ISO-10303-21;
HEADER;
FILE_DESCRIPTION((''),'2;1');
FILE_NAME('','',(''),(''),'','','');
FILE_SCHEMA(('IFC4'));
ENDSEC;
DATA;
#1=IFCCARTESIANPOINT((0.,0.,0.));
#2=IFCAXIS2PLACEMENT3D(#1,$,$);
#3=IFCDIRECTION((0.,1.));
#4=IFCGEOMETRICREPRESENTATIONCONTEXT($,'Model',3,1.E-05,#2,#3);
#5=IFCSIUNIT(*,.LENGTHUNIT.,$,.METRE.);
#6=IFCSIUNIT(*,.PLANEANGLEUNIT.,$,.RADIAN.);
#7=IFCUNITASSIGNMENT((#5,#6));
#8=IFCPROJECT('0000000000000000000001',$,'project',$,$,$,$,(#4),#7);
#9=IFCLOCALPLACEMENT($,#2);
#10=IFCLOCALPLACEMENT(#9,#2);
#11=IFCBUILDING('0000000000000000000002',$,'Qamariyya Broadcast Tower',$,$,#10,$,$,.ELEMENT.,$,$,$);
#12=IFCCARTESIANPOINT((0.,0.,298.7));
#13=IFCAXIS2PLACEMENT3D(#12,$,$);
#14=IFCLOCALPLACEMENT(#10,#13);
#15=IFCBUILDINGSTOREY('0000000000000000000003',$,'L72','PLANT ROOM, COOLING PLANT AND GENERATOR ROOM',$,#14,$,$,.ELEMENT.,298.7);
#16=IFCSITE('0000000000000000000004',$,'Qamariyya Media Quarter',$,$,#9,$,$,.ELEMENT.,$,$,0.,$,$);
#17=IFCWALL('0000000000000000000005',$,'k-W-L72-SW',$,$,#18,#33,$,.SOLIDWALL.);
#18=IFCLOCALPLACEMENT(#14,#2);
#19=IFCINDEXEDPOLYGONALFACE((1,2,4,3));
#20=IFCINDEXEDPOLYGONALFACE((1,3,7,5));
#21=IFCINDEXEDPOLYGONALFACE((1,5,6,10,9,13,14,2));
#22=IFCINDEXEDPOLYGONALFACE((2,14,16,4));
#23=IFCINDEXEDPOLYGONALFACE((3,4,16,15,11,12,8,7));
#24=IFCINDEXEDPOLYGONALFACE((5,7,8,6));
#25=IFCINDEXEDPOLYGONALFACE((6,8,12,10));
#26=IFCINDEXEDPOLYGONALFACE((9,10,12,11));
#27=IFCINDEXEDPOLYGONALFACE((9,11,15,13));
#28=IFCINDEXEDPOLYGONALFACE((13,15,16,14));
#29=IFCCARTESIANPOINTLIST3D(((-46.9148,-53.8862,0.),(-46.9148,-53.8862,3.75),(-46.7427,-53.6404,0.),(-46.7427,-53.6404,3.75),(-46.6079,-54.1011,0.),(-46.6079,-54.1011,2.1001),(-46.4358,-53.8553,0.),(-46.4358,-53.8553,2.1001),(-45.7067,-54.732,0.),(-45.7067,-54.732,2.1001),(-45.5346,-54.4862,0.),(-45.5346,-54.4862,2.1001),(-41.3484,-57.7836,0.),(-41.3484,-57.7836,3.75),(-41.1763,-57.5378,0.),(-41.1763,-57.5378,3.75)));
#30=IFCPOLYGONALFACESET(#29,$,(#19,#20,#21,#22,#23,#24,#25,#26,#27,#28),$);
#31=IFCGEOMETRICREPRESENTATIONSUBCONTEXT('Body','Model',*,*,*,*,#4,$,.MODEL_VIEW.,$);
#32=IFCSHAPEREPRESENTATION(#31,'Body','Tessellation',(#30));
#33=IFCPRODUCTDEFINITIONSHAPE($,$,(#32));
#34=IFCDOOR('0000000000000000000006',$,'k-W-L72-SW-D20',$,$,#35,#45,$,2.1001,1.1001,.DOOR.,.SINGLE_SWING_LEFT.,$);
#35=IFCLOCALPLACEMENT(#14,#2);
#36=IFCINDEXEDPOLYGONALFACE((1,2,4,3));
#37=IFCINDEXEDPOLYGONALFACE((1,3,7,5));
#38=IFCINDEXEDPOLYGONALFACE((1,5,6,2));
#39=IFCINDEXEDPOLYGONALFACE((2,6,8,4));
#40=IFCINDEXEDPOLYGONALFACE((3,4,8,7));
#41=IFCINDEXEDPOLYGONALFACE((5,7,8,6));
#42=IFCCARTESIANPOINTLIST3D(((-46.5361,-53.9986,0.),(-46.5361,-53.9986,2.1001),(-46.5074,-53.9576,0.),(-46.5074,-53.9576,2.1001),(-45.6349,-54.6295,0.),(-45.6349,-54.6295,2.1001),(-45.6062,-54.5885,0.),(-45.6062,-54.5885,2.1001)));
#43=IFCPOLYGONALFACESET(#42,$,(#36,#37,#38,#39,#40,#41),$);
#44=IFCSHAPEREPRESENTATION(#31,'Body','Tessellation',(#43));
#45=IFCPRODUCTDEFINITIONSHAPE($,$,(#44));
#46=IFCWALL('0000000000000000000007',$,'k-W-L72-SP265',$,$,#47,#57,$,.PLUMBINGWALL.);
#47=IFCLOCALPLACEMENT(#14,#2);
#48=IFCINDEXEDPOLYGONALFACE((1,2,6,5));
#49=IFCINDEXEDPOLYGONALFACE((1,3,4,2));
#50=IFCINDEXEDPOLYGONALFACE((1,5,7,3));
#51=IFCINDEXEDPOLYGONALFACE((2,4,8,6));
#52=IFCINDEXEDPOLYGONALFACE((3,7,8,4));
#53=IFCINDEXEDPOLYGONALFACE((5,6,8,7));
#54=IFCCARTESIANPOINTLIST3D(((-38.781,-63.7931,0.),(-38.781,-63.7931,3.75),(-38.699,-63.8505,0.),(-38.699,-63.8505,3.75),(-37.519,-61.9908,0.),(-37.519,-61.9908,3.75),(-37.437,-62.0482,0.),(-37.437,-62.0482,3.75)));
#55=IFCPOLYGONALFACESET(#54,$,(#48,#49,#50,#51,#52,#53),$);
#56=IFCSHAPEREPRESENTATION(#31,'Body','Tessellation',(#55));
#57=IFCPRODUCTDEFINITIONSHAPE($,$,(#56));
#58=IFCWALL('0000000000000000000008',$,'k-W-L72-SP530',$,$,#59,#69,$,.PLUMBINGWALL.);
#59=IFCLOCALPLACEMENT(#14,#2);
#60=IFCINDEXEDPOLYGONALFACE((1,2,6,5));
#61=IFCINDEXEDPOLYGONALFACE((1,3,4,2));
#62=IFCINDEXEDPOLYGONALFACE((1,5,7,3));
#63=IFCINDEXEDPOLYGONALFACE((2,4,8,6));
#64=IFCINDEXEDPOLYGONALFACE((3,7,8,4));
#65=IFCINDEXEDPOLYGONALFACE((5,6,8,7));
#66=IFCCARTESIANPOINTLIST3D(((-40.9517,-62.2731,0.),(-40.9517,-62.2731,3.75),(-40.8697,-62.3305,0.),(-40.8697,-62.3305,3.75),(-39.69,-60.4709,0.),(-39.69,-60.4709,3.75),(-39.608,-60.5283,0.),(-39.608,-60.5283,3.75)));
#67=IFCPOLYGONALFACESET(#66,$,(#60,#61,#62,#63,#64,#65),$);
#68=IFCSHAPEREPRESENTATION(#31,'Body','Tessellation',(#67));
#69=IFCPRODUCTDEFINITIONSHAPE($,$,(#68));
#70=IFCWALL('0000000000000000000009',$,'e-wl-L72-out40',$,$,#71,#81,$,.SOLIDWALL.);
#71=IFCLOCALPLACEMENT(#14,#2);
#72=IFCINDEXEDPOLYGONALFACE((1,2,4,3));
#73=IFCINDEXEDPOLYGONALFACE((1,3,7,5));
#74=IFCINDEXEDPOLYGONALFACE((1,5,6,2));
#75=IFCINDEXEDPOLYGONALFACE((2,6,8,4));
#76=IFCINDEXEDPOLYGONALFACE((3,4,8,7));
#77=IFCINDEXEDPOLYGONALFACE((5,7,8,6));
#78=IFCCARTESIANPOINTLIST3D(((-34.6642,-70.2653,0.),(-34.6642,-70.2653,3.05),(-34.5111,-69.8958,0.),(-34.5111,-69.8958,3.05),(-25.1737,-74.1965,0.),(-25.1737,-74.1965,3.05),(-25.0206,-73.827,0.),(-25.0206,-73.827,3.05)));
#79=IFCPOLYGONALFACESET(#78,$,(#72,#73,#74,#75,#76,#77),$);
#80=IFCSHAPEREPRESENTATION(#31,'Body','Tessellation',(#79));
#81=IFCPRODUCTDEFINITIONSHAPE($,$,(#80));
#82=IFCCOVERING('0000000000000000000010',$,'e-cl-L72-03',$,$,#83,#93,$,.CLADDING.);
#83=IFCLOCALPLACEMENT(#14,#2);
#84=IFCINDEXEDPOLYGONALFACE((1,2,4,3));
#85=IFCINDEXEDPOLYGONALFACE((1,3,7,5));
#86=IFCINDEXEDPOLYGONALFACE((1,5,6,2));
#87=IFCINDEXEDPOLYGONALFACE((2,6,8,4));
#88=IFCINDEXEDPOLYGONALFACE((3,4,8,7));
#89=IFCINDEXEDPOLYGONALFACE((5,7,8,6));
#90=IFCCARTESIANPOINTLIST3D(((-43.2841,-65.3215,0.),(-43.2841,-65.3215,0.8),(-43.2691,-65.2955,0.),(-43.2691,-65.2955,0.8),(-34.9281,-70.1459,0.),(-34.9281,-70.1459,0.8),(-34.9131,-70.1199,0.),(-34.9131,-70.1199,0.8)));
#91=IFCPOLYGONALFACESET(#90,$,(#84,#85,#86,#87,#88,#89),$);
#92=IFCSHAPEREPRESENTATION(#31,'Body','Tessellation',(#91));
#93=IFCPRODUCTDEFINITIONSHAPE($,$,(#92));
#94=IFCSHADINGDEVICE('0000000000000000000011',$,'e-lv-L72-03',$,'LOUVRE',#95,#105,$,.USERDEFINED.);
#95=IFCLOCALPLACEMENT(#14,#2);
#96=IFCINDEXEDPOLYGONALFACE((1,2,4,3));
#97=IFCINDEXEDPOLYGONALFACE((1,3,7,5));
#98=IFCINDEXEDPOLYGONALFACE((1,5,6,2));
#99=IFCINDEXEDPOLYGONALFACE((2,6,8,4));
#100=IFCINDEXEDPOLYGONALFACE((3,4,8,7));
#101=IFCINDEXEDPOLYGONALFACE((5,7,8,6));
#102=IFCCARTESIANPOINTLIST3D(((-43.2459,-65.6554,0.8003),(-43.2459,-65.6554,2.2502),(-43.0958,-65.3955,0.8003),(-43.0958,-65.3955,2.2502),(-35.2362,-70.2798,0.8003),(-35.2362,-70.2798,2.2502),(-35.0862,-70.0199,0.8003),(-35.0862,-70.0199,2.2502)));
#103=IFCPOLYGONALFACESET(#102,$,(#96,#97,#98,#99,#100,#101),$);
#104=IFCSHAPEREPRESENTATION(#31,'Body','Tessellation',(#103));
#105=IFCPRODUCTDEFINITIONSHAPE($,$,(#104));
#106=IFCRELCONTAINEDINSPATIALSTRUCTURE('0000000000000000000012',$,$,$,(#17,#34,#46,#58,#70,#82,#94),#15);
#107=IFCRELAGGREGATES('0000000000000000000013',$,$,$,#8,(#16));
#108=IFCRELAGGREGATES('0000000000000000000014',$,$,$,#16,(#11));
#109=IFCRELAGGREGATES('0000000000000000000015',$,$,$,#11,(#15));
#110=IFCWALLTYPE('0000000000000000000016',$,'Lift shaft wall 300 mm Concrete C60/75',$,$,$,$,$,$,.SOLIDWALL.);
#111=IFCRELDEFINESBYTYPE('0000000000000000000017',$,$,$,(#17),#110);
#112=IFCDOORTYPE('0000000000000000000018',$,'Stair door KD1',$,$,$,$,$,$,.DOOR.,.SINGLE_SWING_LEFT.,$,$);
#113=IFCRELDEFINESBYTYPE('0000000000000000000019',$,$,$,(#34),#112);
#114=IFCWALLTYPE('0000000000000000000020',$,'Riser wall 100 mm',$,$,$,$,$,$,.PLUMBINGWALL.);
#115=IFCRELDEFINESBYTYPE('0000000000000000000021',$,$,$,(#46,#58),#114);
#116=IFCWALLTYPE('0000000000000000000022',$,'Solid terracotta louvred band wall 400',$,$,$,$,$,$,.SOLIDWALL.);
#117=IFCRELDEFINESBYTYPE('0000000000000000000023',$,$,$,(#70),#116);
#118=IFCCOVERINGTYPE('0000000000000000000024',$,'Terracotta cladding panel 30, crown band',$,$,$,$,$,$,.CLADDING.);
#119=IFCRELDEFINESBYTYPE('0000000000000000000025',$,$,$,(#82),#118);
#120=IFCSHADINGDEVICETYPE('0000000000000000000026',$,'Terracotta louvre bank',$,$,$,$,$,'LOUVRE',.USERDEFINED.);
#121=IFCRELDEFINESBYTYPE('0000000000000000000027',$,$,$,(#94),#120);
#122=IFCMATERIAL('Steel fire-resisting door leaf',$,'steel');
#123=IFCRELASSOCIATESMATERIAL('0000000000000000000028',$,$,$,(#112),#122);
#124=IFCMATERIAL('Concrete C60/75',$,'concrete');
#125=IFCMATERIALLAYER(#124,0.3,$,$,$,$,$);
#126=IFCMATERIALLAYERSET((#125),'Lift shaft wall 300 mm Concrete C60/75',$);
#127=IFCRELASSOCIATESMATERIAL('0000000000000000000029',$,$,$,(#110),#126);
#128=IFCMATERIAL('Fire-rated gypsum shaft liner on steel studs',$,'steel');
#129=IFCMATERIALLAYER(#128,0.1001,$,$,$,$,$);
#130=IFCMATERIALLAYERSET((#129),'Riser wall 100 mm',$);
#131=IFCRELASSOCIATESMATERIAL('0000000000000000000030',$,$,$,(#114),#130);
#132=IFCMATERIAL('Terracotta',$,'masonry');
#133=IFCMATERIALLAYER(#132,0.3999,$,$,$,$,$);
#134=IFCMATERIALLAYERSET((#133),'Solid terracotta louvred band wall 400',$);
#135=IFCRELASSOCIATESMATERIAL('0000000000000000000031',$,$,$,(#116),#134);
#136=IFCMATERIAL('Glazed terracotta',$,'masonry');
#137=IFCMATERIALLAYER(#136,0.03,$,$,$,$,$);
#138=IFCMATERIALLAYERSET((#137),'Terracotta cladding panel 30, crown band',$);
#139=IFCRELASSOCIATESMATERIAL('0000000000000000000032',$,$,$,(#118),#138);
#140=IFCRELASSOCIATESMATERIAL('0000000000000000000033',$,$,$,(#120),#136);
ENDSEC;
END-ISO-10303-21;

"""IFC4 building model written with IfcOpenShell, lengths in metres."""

from ifc_helpers import new_model, si_unit, direction, frame, frame_2d, origin, origin_2d, place, context, subcontext, project, spatial, rectangle, extrude, material, layer, layer_set, type_object, element, fill, save


model = new_model("IFC4")

# Units and contexts
model_context = context("Model", 3, precision=1e-05, world=origin(), true_north=direction((0.0, 1.0)))
body_context = subcontext(model_context, "Body", "Model", "MODEL_VIEW")
ifc_project = project(units=[si_unit("LENGTHUNIT", "METRE"), si_unit("PLANEANGLEUNIT", "RADIAN")], contexts=[model_context])

# Site, building, storey
site_placement = place(None, origin())
site = spatial("IfcSite", under=ifc_project, at=site_placement, Name="Qamariyya Media Quarter", CompositionType="ELEMENT", RefElevation=0.0)
building_placement = place(site_placement, origin())
building = spatial("IfcBuilding", under=site, at=building_placement, Name="Qamariyya Broadcast Tower", CompositionType="ELEMENT")
storey_placement = place(building_placement, frame((0.0, 0.0, 298.7)))
storey = spatial("IfcBuildingStorey", under=building, at=storey_placement, Name="L72", Description="PLANT ROOM, COOLING PLANT AND GENERATOR ROOM", CompositionType="ELEMENT", Elevation=298.7)

# Shared definitions
ifc_material_1 = material(Name="Concrete C60/75", Category="concrete")
ifc_material_2 = material(Name="Steel fire-resisting door leaf", Category="steel")

# Shared definitions
door_type_1 = type_object("IfcDoorType", Name="Stair door KD1", OperationType="SINGLE_SWING_LEFT", PredefinedType="DOOR", material=ifc_material_2)

# Shared definitions
ifc_layer_1 = layer(ifc_material_1, 0.3)
ifc_layer_set_1 = layer_set([ifc_layer_1], Name="Lift shaft wall 300 mm Concrete C60/75")
wall_type_1 = type_object("IfcWallType", Name="Lift shaft wall 300 mm Concrete C60/75", PredefinedType="SOLIDWALL", material=ifc_layer_set_1)

# Wall, opening, door
wall_1_placement = place(storey_placement, frame((-41.2625, -57.6606, 0.0), z_axis=(0.0, 0.0, 1.0), x_axis=(-0.819164, 0.573559, 0.0)))
wall_1 = element("IfcWall", 1, at=wall_1_placement, inside=storey, type_object=wall_type_1, Name="k-W-L72-SW", PredefinedType="SOLIDWALL", context=body_context, shape_type="SweptSolid", body=[
    extrude(rectangle(XDim=6.7952, YDim=0.3, at=frame_2d((3.3975, 0.0))), origin(), (0.0, 0.0, 1.0), 3.75),
])
opening_1_placement = place(wall_1_placement, frame((5.3203, 0.0, 0.0)))
opening_1 = element("IfcOpeningElement", 2, at=opening_1_placement, cuts=wall_1, PredefinedType="OPENING", context=body_context, shape_type="SweptSolid", body=[
    extrude(rectangle(XDim=1.1001, YDim=2.1001, at=frame_2d((0.55, 1.05))), frame((0.0, 0.1599, 0.0), z_axis=(0.0, -1.0, 0.0), x_axis=(1.0, 0.0, 0.0)), (0.0, 0.0, 1.0), 0.3201),
])
door_1_placement = place(opening_1_placement, origin())
door_1 = element("IfcDoor", 3, at=door_1_placement, inside=storey, type_object=door_type_1, Name="k-W-L72-SW-D20", OperationType="SINGLE_SWING_LEFT", OverallHeight=2.1001, OverallWidth=1.1001, PredefinedType="DOOR", context=body_context, shape_type="SweptSolid", body=[
    extrude(rectangle(XDim=1.1001, YDim=2.1001, at=frame_2d((0.55, 1.05))), frame((0.0, 0.0249, 0.0), z_axis=(0.0, -1.0, 0.0), x_axis=(1.0, 0.0, 0.0)), (0.0, 0.0, 1.0), 0.05),
])
fill(opening_1, door_1)

# Walls
ifc_material_3 = material(Name="Fire-rated gypsum shaft liner on steel studs", Category="steel")
ifc_layer_2 = layer(ifc_material_3, 0.1001)
ifc_layer_set_2 = layer_set([ifc_layer_2], Name="Riser wall 100 mm")
wall_type_2 = type_object("IfcWallType", Name="Riser wall 100 mm", PredefinedType="PLUMBINGWALL", material=ifc_layer_set_2)
wall_2_placement = place(storey_placement, frame((-37.478, -62.0195, 0.0), z_axis=(0.0, 0.0, 1.0), x_axis=(-0.573581, -0.819149, 0.0)))
element("IfcWall", 4, at=wall_2_placement, inside=storey, type_object=wall_type_2, Name="k-W-L72-SP265", PredefinedType="PLUMBINGWALL", context=body_context, shape_type="SweptSolid", body=[
    extrude(rectangle(XDim=2.2002, YDim=0.1001, at=frame_2d((1.1001, 0.0))), origin(), (0.0, 0.0, 1.0), 3.75),
])
wall_3_placement = place(storey_placement, frame((-39.6489, -60.4995, 0.0), z_axis=(0.0, 0.0, 1.0), x_axis=(-0.573507, -0.819201, 0.0)))
element("IfcWall", 5, at=wall_3_placement, inside=storey, type_object=wall_type_2, Name="k-W-L72-SP530", PredefinedType="PLUMBINGWALL", context=body_context, shape_type="SweptSolid", body=[
    extrude(rectangle(XDim=2.2, YDim=0.1001, at=frame_2d((1.1001, 0.0))), origin(), (0.0, 0.0, 1.0), 3.75),
])
ifc_material_4 = material(Name="Terracotta", Category="masonry")
ifc_layer_3 = layer(ifc_material_4, 0.3999)
ifc_layer_set_3 = layer_set([ifc_layer_3], Name="Solid terracotta louvred band wall 400")
wall_type_3 = type_object("IfcWallType", Name="Solid terracotta louvred band wall 400", PredefinedType="SOLIDWALL", material=ifc_layer_set_3)
wall_4_placement = place(storey_placement, frame((-34.5876, -70.0806, 0.0), z_axis=(0.0, 0.0, 1.0), x_axis=(0.923877, -0.382689, 0.0)))
element("IfcWall", 6, at=wall_4_placement, inside=storey, type_object=wall_type_3, Name="e-wl-L72-out40", PredefinedType="SOLIDWALL", context=body_context, shape_type="SweptSolid", body=[
    extrude(rectangle(XDim=10.2725, YDim=0.3999, at=frame_2d((5.1362, 0.0))), origin(), (0.0, 0.0, 1.0), 3.05),
])

# Covering
ifc_material_5 = material(Name="Glazed terracotta", Category="masonry")
ifc_layer_4 = layer(ifc_material_5, 0.03)
ifc_layer_set_4 = layer_set([ifc_layer_4], Name="Terracotta cladding panel 30, crown band")
covering_type = type_object("IfcCoveringType", Name="Terracotta cladding panel 30, crown band", PredefinedType="CLADDING", material=ifc_layer_set_4)
covering_placement = place(storey_placement, frame((-39.0986, -67.7207, 0.0), z_axis=(0.0, 0.0, 1.0), x_axis=(0.866025, -0.5, 0.0)))
element("IfcCovering", 7, at=covering_placement, inside=storey, type_object=covering_type, Name="e-cl-L72-03", PredefinedType="CLADDING", context=body_context, shape_type="SweptSolid", body=[
    extrude(rectangle(XDim=9.6487, YDim=0.03, at=origin_2d()), origin(), (0.0, 0.0, 1.0), 0.8),
])

# Shading device
shading_device_type = type_object("IfcShadingDeviceType", Name="Terracotta louvre bank", ElementType="LOUVRE", PredefinedType="USERDEFINED", material=ifc_material_5)
shading_device_placement = place(storey_placement, frame((-39.166, -67.8376, 0.8003), z_axis=(0.0, 0.0, 1.0), x_axis=(0.866025, -0.5, 0.0)))
element("IfcShadingDevice", 8, at=shading_device_placement, inside=storey, type_object=shading_device_type, Name="e-lv-L72-03", ObjectType="LOUVRE", PredefinedType="USERDEFINED", context=body_context, shape_type="SweptSolid", body=[
    extrude(rectangle(XDim=9.2488, YDim=0.3, at=origin_2d()), origin(), (0.0, 0.0, 1.0), 1.45),
])

save(model, "model.ifc")
